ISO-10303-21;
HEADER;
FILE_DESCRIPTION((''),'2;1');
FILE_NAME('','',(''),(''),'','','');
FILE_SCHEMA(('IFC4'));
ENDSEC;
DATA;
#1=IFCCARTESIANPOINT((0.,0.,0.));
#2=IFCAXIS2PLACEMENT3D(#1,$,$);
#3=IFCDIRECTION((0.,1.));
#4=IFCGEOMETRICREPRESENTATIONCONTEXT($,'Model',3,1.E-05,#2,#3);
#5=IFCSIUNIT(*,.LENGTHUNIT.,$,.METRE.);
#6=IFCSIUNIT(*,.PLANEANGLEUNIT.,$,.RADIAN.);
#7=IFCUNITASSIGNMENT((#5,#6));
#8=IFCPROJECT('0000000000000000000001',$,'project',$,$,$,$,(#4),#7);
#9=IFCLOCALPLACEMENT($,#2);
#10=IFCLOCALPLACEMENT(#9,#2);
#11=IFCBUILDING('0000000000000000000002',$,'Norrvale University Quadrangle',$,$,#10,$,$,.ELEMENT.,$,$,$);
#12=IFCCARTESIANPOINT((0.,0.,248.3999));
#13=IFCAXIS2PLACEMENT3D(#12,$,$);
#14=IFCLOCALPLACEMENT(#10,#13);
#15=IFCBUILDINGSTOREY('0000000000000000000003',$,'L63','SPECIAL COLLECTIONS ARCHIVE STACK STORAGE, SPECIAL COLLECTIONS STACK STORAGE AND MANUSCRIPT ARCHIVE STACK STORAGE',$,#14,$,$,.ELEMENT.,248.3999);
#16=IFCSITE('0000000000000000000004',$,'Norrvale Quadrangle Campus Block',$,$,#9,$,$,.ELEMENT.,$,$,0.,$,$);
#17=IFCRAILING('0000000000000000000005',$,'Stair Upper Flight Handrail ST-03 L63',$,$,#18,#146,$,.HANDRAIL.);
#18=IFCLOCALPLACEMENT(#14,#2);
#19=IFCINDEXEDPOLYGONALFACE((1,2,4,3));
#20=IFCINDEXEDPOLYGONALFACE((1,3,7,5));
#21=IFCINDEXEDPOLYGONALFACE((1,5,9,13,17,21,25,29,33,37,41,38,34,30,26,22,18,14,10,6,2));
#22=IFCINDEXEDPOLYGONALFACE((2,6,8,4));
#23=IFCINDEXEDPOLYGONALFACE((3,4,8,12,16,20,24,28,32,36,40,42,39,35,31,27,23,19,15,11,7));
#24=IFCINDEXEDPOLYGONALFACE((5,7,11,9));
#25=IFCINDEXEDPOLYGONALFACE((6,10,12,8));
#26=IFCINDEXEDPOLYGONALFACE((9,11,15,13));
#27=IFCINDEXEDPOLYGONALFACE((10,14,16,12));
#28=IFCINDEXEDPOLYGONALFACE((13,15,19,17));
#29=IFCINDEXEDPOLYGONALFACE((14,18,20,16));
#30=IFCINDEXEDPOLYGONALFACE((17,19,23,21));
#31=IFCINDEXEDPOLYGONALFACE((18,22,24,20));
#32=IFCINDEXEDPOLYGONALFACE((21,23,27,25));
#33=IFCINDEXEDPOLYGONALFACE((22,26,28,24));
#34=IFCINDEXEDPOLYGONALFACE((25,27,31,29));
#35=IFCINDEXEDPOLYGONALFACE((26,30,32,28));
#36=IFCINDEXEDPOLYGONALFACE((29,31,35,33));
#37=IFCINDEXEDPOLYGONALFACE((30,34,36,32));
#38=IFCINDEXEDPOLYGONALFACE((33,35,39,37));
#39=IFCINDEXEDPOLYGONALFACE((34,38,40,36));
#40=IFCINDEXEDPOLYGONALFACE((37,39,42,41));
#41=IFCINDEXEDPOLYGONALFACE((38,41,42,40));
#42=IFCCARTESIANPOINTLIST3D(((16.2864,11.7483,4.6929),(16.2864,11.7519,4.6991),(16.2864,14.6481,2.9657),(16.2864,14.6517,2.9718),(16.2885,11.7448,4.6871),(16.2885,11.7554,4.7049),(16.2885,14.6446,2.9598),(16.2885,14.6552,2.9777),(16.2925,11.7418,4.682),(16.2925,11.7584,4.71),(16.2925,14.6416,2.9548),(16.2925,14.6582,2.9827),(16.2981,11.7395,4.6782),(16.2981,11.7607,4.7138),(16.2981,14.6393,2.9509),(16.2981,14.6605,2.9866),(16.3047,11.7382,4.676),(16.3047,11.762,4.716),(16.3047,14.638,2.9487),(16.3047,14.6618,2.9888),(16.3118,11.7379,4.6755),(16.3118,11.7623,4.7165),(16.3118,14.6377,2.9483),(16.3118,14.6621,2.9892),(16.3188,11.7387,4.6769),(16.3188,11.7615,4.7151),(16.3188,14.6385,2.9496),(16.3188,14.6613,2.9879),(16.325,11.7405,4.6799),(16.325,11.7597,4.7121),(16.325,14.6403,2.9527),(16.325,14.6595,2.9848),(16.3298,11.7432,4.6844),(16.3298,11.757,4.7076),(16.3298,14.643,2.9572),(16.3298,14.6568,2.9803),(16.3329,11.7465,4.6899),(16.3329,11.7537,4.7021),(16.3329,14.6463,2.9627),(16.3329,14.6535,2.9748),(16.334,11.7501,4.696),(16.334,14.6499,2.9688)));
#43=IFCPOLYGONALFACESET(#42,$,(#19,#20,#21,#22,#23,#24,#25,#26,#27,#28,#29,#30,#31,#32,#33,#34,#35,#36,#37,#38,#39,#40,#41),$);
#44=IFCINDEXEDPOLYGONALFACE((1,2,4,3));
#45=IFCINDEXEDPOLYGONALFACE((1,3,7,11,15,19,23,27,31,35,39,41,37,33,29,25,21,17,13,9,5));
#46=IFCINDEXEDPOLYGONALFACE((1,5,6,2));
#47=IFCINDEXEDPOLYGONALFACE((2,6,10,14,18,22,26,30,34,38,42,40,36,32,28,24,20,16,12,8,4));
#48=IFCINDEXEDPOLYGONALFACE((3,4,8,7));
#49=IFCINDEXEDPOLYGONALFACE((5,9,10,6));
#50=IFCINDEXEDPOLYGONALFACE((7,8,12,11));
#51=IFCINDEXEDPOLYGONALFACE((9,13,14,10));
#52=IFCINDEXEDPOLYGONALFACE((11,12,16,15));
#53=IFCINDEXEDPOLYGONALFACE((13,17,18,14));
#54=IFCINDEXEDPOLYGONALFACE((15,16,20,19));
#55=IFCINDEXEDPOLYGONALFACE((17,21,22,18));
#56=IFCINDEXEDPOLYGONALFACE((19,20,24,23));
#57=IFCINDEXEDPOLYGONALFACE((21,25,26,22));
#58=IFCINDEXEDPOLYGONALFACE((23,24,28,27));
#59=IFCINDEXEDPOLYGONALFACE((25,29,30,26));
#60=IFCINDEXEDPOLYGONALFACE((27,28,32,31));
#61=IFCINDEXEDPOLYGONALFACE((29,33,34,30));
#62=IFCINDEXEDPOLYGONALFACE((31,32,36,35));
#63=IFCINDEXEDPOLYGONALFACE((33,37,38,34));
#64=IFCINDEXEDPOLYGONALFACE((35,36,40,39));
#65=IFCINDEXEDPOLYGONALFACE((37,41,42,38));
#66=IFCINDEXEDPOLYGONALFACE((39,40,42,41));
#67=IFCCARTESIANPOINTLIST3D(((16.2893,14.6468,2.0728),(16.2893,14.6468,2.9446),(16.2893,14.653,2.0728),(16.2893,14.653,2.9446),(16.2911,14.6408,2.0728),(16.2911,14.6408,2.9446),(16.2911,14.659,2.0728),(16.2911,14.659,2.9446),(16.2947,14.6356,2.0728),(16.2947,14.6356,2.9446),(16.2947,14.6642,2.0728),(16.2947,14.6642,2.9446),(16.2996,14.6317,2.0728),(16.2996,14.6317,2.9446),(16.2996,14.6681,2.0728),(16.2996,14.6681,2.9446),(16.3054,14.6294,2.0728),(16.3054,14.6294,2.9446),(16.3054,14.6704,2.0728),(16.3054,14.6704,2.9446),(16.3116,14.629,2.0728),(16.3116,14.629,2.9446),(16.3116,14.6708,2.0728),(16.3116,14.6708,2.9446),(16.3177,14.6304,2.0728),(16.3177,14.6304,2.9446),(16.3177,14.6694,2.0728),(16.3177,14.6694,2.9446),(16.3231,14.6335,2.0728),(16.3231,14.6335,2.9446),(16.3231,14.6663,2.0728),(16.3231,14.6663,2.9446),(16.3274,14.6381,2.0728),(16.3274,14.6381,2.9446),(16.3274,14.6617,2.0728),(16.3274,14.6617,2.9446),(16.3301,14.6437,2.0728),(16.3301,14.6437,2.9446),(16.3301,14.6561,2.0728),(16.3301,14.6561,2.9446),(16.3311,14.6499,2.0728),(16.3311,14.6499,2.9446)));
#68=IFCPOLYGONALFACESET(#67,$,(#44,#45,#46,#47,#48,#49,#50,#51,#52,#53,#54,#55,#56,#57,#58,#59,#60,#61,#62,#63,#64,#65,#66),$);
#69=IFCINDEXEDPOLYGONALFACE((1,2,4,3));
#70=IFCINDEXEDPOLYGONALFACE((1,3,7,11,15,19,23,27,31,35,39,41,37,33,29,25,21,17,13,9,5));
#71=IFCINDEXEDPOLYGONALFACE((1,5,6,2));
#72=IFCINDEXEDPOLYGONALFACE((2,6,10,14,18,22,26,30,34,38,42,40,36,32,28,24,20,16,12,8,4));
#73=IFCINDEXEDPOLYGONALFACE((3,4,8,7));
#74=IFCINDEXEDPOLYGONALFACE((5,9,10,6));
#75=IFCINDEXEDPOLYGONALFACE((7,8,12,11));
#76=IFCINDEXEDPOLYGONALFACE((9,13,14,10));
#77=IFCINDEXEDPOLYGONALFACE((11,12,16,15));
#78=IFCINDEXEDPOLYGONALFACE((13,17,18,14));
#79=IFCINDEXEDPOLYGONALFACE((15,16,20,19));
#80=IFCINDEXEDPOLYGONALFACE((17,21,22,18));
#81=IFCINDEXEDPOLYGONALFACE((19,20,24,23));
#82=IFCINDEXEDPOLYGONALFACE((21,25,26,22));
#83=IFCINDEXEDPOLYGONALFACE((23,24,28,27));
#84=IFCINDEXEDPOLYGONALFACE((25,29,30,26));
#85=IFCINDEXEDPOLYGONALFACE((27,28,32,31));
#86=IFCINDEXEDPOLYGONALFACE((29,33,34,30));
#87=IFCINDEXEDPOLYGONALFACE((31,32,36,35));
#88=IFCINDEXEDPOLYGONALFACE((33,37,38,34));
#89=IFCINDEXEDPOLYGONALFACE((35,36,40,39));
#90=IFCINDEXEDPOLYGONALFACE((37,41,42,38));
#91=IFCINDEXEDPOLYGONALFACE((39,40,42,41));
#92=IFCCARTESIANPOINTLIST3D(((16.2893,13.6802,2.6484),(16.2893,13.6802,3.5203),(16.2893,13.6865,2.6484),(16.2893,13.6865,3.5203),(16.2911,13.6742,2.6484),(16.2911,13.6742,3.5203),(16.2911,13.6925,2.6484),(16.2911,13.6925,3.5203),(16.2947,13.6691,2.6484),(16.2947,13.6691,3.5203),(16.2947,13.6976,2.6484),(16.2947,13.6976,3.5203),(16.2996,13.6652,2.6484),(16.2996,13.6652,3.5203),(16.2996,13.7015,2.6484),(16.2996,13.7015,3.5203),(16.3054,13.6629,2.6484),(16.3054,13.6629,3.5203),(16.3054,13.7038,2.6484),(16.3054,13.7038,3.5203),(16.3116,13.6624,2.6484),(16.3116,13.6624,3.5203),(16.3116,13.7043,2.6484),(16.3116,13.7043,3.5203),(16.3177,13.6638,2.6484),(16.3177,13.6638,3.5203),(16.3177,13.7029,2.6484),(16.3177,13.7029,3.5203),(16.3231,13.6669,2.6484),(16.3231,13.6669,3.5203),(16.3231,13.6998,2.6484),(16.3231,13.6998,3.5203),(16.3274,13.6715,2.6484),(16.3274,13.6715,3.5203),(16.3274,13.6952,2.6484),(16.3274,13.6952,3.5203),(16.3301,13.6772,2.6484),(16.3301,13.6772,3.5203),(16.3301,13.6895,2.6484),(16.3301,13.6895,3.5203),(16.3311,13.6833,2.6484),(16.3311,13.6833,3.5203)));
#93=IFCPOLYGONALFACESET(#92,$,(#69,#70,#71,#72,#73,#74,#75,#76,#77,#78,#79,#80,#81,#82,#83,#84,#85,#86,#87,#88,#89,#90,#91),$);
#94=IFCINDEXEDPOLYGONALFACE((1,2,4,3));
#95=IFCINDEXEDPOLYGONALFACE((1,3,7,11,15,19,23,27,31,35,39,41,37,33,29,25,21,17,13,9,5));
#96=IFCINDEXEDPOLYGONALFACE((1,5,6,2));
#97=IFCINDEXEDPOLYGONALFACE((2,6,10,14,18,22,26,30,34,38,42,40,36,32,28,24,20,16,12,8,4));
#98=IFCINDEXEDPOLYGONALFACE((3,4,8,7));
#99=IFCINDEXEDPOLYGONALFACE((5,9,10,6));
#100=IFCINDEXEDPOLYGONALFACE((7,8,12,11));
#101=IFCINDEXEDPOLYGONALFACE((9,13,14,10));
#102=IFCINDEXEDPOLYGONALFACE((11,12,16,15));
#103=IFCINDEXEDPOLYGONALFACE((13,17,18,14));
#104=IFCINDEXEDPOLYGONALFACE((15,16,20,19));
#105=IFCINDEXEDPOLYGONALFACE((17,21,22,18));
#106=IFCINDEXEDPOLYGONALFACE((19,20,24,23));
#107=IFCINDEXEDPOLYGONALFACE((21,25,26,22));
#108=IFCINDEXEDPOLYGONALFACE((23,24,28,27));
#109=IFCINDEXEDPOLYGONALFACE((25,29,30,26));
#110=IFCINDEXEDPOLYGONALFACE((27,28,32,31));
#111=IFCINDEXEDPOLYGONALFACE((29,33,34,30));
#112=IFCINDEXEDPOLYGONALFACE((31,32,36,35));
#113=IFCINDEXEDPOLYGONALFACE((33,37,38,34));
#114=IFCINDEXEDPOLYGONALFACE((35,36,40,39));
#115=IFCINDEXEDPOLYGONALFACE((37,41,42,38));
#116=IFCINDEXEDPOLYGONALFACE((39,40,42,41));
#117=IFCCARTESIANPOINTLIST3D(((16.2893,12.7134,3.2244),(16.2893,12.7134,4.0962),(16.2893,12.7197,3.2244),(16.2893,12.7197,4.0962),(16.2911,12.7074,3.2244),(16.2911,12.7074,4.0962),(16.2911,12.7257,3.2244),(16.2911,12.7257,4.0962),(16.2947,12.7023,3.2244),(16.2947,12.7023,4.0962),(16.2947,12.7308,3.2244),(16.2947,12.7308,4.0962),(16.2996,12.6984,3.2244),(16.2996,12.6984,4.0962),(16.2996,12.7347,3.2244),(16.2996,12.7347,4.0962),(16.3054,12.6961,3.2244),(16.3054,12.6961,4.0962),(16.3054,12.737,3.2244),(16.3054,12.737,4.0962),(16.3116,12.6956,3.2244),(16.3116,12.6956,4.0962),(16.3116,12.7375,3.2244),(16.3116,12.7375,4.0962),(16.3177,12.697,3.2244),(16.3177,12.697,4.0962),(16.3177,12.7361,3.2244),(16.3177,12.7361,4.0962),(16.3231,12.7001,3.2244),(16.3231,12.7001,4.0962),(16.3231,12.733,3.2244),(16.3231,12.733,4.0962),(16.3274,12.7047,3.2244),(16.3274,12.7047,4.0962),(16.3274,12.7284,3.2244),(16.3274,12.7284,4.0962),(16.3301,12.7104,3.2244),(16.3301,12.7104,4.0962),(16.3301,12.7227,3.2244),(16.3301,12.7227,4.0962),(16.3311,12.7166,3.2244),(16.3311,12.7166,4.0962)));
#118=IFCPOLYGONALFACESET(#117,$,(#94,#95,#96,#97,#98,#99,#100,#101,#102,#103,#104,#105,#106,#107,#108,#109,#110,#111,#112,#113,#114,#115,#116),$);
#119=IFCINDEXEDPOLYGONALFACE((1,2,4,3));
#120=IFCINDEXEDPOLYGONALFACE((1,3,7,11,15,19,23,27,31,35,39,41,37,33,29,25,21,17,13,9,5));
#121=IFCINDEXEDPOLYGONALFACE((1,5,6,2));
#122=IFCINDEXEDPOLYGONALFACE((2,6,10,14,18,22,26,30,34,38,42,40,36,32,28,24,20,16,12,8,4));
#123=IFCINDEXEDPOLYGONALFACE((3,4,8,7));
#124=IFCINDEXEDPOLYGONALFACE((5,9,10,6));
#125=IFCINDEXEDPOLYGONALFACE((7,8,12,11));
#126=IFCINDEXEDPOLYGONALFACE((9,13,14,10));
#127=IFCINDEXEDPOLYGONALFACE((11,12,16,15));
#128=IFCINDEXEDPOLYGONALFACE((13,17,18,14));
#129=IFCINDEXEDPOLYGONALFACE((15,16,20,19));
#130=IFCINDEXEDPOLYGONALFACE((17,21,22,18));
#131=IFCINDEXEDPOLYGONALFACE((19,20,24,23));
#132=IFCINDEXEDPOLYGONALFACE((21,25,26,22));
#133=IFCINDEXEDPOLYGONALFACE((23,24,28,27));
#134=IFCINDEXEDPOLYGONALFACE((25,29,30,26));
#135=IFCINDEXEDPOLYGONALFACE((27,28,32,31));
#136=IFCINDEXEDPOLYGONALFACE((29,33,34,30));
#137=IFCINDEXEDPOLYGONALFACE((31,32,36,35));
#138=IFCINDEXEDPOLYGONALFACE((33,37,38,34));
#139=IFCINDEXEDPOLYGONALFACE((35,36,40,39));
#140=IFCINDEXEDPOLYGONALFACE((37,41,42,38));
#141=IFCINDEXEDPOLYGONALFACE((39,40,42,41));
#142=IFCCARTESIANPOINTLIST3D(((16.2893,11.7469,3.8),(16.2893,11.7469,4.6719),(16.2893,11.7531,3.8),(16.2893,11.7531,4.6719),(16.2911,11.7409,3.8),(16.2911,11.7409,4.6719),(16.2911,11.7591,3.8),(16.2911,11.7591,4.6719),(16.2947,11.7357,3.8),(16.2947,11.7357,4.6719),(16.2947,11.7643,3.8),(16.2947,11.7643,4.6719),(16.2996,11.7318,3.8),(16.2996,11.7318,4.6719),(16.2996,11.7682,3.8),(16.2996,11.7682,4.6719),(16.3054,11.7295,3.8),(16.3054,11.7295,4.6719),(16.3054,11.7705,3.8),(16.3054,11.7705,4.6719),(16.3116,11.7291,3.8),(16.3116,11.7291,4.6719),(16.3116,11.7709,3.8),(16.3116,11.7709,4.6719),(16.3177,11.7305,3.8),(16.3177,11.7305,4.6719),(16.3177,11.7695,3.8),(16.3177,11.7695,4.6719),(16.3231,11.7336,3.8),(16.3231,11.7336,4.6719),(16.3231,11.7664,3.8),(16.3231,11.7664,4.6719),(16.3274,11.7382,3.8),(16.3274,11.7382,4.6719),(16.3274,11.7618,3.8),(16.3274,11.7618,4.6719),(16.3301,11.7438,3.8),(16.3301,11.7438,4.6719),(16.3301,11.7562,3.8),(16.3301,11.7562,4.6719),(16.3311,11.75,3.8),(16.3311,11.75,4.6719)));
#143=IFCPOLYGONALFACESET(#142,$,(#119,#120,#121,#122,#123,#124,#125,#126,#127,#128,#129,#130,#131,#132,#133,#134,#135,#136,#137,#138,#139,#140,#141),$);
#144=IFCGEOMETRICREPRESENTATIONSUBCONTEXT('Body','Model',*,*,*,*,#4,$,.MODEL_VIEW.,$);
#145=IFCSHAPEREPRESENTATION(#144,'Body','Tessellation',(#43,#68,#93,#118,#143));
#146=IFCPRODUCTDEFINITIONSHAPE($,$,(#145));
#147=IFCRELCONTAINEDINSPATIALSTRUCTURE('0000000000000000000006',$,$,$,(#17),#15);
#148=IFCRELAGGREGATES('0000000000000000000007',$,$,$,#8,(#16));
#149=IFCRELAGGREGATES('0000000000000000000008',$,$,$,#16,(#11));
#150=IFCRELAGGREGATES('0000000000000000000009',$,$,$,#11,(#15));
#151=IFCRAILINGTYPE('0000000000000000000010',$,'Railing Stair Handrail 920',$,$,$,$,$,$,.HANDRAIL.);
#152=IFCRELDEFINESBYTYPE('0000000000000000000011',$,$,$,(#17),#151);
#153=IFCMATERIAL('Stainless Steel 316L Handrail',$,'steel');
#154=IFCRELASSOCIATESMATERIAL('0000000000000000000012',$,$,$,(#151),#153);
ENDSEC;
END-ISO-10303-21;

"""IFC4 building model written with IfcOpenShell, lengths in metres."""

from ifc_helpers import new_model, si_unit, direction, frame, origin, origin_2d, place, context, subcontext, project, spatial, circle, extrude, material, type_object, element, save


model = new_model("IFC4")

# Units and contexts
model_context = context("Model", 3, precision=1e-05, world=origin(), true_north=direction((0.0, 1.0)))
body_context = subcontext(model_context, "Body", "Model", "MODEL_VIEW")
ifc_project = project(units=[si_unit("LENGTHUNIT", "METRE"), si_unit("PLANEANGLEUNIT", "RADIAN")], contexts=[model_context])

# Site, building, storey
site_placement = place(None, origin())
site = spatial("IfcSite", under=ifc_project, at=site_placement, Name="Norrvale Quadrangle Campus Block", CompositionType="ELEMENT", RefElevation=0.0)
building_placement = place(site_placement, origin())
building = spatial("IfcBuilding", under=site, at=building_placement, Name="Norrvale University Quadrangle", CompositionType="ELEMENT")
storey_placement = place(building_placement, frame((0.0, 0.0, 248.3999)))
storey = spatial("IfcBuildingStorey", under=building, at=storey_placement, Name="L63", Description="SPECIAL COLLECTIONS ARCHIVE STACK STORAGE, SPECIAL COLLECTIONS STACK STORAGE AND MANUSCRIPT ARCHIVE STACK STORAGE", CompositionType="ELEMENT", Elevation=248.3999)

# Railing
ifc_material_1 = material(Name="Stainless Steel 316L Handrail", Category="steel")
railing_type_1 = type_object("IfcRailingType", Name="Railing Stair Handrail 920", PredefinedType="HANDRAIL", material=ifc_material_1)
railing_1_placement = place(storey_placement, frame((16.3101, 14.6499, 2.0728)))
element("IfcRailing", 1, at=railing_1_placement, inside=storey, type_object=railing_type_1, Name="Stair Upper Flight Handrail ST-03 L63", PredefinedType="HANDRAIL", context=body_context, shape_type="SweptSolid", body=[
    extrude(circle(Radius=0.0239, at=origin_2d()), frame((0.0, 0.0, 0.896), z_axis=(0.0, -0.859141, 0.511738), x_axis=(1.0, 0.0, 0.0)), (0.0, 0.0, 1.0), 3.3752),
    extrude(circle(Radius=0.021, at=origin_2d()), origin(), (0.0, 0.0, 1.0), 0.8718),
    extrude(circle(Radius=0.021, at=origin_2d()), frame((0.0, -0.9666, 0.5757)), (0.0, 0.0, 1.0), 0.8718),
    extrude(circle(Radius=0.021, at=origin_2d()), frame((0.0, -1.9333, 1.1516)), (0.0, 0.0, 1.0), 0.8718),
    extrude(circle(Radius=0.021, at=origin_2d()), frame((0.0, -2.8999, 1.7273)), (0.0, 0.0, 1.0), 0.8718),
])

save(model, "model.ifc")
